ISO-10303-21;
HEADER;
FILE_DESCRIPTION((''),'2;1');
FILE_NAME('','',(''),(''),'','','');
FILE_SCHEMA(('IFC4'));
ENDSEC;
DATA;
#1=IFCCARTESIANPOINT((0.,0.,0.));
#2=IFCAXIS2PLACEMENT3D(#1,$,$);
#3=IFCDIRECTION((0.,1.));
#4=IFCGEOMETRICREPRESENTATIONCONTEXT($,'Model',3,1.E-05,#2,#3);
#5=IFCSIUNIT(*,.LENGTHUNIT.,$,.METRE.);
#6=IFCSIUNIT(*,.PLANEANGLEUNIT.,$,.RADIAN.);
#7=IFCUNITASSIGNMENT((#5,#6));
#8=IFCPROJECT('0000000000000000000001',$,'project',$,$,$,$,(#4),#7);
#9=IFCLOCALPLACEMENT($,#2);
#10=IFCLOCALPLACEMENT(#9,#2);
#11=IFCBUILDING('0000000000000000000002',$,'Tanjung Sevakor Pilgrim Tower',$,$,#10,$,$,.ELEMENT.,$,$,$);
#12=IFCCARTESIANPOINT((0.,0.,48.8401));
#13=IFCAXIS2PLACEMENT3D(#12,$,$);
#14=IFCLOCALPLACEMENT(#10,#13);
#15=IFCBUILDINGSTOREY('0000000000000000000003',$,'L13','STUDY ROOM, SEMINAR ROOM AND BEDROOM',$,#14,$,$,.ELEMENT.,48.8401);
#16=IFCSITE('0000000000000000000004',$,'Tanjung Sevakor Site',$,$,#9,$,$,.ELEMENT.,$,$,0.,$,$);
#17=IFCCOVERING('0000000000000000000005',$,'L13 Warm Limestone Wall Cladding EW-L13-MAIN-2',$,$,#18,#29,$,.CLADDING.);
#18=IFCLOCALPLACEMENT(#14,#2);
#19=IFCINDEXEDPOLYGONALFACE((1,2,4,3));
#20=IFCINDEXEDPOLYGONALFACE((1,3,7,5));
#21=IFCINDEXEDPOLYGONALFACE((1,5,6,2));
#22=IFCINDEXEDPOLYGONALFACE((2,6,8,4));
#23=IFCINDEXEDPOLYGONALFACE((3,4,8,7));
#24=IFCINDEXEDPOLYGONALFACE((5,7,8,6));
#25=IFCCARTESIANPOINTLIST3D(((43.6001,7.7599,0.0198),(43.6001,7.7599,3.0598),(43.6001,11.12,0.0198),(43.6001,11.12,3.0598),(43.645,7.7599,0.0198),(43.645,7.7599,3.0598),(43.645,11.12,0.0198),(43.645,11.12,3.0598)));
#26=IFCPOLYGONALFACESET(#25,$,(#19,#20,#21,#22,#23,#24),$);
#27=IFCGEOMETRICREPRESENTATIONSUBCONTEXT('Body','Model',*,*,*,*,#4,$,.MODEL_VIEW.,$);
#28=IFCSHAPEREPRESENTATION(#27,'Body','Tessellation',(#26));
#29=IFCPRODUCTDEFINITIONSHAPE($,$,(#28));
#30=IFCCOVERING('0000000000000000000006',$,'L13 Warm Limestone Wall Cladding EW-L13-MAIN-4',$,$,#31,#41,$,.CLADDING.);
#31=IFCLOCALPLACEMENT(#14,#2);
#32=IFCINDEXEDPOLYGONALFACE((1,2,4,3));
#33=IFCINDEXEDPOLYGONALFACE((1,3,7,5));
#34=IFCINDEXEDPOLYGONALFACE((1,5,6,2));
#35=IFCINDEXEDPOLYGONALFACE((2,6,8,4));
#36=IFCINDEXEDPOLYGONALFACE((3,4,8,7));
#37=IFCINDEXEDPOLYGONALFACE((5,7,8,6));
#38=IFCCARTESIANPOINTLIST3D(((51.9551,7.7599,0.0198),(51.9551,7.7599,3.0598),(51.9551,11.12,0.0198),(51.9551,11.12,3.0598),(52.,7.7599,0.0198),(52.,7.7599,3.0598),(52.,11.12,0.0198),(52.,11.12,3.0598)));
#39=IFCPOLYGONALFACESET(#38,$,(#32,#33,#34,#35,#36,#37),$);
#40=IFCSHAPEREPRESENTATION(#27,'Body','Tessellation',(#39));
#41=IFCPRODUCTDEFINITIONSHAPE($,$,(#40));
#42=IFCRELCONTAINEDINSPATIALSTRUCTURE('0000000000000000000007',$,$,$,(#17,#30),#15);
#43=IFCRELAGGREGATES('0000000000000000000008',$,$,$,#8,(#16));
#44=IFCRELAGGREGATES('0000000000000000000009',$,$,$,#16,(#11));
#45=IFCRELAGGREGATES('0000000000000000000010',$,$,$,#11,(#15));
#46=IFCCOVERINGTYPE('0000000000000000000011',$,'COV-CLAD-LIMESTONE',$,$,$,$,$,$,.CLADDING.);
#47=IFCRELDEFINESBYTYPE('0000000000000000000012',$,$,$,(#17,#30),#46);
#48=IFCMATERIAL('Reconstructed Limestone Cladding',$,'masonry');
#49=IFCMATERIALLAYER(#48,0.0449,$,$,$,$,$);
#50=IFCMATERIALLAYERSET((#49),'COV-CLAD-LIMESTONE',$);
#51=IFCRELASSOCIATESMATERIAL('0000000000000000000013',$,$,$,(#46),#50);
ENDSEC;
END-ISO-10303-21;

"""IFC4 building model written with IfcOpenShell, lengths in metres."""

from ifc_helpers import new_model, si_unit, direction, frame, origin, origin_2d, place, context, subcontext, project, spatial, rectangle, extrude, material, layer, layer_set, type_object, element, save


model = new_model("IFC4")

# Units and contexts
model_context = context("Model", 3, precision=1e-05, world=origin(), true_north=direction((0.0, 1.0)))
body_context = subcontext(model_context, "Body", "Model", "MODEL_VIEW")
ifc_project = project(units=[si_unit("LENGTHUNIT", "METRE"), si_unit("PLANEANGLEUNIT", "RADIAN")], contexts=[model_context])

# Site, building, storey
site_placement = place(None, origin())
site = spatial("IfcSite", under=ifc_project, at=site_placement, Name="Tanjung Sevakor Site", CompositionType="ELEMENT", RefElevation=0.0)
building_placement = place(site_placement, origin())
building = spatial("IfcBuilding", under=site, at=building_placement, Name="Tanjung Sevakor Pilgrim Tower", CompositionType="ELEMENT")
storey_placement = place(building_placement, frame((0.0, 0.0, 48.8401)))
storey = spatial("IfcBuildingStorey", under=building, at=storey_placement, Name="L13", Description="STUDY ROOM, SEMINAR ROOM AND BEDROOM", CompositionType="ELEMENT", Elevation=48.8401)

# Coverings
ifc_material_1 = material(Name="Reconstructed Limestone Cladding", Category="masonry")
ifc_layer_1 = layer(ifc_material_1, 0.0449)
ifc_layer_set_1 = layer_set([ifc_layer_1], Name="COV-CLAD-LIMESTONE")
covering_type = type_object("IfcCoveringType", Name="COV-CLAD-LIMESTONE", PredefinedType="CLADDING", material=ifc_layer_set_1)
for number, where, z_axis, x_axis, name in (
    (1, (43.6226, 9.4399, 0.0198), (0.0, 0.0, 1.0), (0.0, 1.0, 0.0), "L13 Warm Limestone Wall Cladding EW-L13-MAIN-2"),
    (2, (51.9775, 9.4399, 0.0198), (0.0, 0.0, 1.0), (0.0, -1.0, 0.0), "L13 Warm Limestone Wall Cladding EW-L13-MAIN-4"),
):
    element("IfcCovering", number, at=place(storey_placement, frame(where, z_axis=z_axis, x_axis=x_axis)), inside=storey, type_object=covering_type, Name=name, PredefinedType="CLADDING", context=body_context, shape_type="SweptSolid", body=[
        extrude(rectangle(XDim=3.3601, YDim=0.0449, at=origin_2d()), origin(), (0.0, 0.0, 1.0), 3.04),
    ])

save(model, "model.ifc")
